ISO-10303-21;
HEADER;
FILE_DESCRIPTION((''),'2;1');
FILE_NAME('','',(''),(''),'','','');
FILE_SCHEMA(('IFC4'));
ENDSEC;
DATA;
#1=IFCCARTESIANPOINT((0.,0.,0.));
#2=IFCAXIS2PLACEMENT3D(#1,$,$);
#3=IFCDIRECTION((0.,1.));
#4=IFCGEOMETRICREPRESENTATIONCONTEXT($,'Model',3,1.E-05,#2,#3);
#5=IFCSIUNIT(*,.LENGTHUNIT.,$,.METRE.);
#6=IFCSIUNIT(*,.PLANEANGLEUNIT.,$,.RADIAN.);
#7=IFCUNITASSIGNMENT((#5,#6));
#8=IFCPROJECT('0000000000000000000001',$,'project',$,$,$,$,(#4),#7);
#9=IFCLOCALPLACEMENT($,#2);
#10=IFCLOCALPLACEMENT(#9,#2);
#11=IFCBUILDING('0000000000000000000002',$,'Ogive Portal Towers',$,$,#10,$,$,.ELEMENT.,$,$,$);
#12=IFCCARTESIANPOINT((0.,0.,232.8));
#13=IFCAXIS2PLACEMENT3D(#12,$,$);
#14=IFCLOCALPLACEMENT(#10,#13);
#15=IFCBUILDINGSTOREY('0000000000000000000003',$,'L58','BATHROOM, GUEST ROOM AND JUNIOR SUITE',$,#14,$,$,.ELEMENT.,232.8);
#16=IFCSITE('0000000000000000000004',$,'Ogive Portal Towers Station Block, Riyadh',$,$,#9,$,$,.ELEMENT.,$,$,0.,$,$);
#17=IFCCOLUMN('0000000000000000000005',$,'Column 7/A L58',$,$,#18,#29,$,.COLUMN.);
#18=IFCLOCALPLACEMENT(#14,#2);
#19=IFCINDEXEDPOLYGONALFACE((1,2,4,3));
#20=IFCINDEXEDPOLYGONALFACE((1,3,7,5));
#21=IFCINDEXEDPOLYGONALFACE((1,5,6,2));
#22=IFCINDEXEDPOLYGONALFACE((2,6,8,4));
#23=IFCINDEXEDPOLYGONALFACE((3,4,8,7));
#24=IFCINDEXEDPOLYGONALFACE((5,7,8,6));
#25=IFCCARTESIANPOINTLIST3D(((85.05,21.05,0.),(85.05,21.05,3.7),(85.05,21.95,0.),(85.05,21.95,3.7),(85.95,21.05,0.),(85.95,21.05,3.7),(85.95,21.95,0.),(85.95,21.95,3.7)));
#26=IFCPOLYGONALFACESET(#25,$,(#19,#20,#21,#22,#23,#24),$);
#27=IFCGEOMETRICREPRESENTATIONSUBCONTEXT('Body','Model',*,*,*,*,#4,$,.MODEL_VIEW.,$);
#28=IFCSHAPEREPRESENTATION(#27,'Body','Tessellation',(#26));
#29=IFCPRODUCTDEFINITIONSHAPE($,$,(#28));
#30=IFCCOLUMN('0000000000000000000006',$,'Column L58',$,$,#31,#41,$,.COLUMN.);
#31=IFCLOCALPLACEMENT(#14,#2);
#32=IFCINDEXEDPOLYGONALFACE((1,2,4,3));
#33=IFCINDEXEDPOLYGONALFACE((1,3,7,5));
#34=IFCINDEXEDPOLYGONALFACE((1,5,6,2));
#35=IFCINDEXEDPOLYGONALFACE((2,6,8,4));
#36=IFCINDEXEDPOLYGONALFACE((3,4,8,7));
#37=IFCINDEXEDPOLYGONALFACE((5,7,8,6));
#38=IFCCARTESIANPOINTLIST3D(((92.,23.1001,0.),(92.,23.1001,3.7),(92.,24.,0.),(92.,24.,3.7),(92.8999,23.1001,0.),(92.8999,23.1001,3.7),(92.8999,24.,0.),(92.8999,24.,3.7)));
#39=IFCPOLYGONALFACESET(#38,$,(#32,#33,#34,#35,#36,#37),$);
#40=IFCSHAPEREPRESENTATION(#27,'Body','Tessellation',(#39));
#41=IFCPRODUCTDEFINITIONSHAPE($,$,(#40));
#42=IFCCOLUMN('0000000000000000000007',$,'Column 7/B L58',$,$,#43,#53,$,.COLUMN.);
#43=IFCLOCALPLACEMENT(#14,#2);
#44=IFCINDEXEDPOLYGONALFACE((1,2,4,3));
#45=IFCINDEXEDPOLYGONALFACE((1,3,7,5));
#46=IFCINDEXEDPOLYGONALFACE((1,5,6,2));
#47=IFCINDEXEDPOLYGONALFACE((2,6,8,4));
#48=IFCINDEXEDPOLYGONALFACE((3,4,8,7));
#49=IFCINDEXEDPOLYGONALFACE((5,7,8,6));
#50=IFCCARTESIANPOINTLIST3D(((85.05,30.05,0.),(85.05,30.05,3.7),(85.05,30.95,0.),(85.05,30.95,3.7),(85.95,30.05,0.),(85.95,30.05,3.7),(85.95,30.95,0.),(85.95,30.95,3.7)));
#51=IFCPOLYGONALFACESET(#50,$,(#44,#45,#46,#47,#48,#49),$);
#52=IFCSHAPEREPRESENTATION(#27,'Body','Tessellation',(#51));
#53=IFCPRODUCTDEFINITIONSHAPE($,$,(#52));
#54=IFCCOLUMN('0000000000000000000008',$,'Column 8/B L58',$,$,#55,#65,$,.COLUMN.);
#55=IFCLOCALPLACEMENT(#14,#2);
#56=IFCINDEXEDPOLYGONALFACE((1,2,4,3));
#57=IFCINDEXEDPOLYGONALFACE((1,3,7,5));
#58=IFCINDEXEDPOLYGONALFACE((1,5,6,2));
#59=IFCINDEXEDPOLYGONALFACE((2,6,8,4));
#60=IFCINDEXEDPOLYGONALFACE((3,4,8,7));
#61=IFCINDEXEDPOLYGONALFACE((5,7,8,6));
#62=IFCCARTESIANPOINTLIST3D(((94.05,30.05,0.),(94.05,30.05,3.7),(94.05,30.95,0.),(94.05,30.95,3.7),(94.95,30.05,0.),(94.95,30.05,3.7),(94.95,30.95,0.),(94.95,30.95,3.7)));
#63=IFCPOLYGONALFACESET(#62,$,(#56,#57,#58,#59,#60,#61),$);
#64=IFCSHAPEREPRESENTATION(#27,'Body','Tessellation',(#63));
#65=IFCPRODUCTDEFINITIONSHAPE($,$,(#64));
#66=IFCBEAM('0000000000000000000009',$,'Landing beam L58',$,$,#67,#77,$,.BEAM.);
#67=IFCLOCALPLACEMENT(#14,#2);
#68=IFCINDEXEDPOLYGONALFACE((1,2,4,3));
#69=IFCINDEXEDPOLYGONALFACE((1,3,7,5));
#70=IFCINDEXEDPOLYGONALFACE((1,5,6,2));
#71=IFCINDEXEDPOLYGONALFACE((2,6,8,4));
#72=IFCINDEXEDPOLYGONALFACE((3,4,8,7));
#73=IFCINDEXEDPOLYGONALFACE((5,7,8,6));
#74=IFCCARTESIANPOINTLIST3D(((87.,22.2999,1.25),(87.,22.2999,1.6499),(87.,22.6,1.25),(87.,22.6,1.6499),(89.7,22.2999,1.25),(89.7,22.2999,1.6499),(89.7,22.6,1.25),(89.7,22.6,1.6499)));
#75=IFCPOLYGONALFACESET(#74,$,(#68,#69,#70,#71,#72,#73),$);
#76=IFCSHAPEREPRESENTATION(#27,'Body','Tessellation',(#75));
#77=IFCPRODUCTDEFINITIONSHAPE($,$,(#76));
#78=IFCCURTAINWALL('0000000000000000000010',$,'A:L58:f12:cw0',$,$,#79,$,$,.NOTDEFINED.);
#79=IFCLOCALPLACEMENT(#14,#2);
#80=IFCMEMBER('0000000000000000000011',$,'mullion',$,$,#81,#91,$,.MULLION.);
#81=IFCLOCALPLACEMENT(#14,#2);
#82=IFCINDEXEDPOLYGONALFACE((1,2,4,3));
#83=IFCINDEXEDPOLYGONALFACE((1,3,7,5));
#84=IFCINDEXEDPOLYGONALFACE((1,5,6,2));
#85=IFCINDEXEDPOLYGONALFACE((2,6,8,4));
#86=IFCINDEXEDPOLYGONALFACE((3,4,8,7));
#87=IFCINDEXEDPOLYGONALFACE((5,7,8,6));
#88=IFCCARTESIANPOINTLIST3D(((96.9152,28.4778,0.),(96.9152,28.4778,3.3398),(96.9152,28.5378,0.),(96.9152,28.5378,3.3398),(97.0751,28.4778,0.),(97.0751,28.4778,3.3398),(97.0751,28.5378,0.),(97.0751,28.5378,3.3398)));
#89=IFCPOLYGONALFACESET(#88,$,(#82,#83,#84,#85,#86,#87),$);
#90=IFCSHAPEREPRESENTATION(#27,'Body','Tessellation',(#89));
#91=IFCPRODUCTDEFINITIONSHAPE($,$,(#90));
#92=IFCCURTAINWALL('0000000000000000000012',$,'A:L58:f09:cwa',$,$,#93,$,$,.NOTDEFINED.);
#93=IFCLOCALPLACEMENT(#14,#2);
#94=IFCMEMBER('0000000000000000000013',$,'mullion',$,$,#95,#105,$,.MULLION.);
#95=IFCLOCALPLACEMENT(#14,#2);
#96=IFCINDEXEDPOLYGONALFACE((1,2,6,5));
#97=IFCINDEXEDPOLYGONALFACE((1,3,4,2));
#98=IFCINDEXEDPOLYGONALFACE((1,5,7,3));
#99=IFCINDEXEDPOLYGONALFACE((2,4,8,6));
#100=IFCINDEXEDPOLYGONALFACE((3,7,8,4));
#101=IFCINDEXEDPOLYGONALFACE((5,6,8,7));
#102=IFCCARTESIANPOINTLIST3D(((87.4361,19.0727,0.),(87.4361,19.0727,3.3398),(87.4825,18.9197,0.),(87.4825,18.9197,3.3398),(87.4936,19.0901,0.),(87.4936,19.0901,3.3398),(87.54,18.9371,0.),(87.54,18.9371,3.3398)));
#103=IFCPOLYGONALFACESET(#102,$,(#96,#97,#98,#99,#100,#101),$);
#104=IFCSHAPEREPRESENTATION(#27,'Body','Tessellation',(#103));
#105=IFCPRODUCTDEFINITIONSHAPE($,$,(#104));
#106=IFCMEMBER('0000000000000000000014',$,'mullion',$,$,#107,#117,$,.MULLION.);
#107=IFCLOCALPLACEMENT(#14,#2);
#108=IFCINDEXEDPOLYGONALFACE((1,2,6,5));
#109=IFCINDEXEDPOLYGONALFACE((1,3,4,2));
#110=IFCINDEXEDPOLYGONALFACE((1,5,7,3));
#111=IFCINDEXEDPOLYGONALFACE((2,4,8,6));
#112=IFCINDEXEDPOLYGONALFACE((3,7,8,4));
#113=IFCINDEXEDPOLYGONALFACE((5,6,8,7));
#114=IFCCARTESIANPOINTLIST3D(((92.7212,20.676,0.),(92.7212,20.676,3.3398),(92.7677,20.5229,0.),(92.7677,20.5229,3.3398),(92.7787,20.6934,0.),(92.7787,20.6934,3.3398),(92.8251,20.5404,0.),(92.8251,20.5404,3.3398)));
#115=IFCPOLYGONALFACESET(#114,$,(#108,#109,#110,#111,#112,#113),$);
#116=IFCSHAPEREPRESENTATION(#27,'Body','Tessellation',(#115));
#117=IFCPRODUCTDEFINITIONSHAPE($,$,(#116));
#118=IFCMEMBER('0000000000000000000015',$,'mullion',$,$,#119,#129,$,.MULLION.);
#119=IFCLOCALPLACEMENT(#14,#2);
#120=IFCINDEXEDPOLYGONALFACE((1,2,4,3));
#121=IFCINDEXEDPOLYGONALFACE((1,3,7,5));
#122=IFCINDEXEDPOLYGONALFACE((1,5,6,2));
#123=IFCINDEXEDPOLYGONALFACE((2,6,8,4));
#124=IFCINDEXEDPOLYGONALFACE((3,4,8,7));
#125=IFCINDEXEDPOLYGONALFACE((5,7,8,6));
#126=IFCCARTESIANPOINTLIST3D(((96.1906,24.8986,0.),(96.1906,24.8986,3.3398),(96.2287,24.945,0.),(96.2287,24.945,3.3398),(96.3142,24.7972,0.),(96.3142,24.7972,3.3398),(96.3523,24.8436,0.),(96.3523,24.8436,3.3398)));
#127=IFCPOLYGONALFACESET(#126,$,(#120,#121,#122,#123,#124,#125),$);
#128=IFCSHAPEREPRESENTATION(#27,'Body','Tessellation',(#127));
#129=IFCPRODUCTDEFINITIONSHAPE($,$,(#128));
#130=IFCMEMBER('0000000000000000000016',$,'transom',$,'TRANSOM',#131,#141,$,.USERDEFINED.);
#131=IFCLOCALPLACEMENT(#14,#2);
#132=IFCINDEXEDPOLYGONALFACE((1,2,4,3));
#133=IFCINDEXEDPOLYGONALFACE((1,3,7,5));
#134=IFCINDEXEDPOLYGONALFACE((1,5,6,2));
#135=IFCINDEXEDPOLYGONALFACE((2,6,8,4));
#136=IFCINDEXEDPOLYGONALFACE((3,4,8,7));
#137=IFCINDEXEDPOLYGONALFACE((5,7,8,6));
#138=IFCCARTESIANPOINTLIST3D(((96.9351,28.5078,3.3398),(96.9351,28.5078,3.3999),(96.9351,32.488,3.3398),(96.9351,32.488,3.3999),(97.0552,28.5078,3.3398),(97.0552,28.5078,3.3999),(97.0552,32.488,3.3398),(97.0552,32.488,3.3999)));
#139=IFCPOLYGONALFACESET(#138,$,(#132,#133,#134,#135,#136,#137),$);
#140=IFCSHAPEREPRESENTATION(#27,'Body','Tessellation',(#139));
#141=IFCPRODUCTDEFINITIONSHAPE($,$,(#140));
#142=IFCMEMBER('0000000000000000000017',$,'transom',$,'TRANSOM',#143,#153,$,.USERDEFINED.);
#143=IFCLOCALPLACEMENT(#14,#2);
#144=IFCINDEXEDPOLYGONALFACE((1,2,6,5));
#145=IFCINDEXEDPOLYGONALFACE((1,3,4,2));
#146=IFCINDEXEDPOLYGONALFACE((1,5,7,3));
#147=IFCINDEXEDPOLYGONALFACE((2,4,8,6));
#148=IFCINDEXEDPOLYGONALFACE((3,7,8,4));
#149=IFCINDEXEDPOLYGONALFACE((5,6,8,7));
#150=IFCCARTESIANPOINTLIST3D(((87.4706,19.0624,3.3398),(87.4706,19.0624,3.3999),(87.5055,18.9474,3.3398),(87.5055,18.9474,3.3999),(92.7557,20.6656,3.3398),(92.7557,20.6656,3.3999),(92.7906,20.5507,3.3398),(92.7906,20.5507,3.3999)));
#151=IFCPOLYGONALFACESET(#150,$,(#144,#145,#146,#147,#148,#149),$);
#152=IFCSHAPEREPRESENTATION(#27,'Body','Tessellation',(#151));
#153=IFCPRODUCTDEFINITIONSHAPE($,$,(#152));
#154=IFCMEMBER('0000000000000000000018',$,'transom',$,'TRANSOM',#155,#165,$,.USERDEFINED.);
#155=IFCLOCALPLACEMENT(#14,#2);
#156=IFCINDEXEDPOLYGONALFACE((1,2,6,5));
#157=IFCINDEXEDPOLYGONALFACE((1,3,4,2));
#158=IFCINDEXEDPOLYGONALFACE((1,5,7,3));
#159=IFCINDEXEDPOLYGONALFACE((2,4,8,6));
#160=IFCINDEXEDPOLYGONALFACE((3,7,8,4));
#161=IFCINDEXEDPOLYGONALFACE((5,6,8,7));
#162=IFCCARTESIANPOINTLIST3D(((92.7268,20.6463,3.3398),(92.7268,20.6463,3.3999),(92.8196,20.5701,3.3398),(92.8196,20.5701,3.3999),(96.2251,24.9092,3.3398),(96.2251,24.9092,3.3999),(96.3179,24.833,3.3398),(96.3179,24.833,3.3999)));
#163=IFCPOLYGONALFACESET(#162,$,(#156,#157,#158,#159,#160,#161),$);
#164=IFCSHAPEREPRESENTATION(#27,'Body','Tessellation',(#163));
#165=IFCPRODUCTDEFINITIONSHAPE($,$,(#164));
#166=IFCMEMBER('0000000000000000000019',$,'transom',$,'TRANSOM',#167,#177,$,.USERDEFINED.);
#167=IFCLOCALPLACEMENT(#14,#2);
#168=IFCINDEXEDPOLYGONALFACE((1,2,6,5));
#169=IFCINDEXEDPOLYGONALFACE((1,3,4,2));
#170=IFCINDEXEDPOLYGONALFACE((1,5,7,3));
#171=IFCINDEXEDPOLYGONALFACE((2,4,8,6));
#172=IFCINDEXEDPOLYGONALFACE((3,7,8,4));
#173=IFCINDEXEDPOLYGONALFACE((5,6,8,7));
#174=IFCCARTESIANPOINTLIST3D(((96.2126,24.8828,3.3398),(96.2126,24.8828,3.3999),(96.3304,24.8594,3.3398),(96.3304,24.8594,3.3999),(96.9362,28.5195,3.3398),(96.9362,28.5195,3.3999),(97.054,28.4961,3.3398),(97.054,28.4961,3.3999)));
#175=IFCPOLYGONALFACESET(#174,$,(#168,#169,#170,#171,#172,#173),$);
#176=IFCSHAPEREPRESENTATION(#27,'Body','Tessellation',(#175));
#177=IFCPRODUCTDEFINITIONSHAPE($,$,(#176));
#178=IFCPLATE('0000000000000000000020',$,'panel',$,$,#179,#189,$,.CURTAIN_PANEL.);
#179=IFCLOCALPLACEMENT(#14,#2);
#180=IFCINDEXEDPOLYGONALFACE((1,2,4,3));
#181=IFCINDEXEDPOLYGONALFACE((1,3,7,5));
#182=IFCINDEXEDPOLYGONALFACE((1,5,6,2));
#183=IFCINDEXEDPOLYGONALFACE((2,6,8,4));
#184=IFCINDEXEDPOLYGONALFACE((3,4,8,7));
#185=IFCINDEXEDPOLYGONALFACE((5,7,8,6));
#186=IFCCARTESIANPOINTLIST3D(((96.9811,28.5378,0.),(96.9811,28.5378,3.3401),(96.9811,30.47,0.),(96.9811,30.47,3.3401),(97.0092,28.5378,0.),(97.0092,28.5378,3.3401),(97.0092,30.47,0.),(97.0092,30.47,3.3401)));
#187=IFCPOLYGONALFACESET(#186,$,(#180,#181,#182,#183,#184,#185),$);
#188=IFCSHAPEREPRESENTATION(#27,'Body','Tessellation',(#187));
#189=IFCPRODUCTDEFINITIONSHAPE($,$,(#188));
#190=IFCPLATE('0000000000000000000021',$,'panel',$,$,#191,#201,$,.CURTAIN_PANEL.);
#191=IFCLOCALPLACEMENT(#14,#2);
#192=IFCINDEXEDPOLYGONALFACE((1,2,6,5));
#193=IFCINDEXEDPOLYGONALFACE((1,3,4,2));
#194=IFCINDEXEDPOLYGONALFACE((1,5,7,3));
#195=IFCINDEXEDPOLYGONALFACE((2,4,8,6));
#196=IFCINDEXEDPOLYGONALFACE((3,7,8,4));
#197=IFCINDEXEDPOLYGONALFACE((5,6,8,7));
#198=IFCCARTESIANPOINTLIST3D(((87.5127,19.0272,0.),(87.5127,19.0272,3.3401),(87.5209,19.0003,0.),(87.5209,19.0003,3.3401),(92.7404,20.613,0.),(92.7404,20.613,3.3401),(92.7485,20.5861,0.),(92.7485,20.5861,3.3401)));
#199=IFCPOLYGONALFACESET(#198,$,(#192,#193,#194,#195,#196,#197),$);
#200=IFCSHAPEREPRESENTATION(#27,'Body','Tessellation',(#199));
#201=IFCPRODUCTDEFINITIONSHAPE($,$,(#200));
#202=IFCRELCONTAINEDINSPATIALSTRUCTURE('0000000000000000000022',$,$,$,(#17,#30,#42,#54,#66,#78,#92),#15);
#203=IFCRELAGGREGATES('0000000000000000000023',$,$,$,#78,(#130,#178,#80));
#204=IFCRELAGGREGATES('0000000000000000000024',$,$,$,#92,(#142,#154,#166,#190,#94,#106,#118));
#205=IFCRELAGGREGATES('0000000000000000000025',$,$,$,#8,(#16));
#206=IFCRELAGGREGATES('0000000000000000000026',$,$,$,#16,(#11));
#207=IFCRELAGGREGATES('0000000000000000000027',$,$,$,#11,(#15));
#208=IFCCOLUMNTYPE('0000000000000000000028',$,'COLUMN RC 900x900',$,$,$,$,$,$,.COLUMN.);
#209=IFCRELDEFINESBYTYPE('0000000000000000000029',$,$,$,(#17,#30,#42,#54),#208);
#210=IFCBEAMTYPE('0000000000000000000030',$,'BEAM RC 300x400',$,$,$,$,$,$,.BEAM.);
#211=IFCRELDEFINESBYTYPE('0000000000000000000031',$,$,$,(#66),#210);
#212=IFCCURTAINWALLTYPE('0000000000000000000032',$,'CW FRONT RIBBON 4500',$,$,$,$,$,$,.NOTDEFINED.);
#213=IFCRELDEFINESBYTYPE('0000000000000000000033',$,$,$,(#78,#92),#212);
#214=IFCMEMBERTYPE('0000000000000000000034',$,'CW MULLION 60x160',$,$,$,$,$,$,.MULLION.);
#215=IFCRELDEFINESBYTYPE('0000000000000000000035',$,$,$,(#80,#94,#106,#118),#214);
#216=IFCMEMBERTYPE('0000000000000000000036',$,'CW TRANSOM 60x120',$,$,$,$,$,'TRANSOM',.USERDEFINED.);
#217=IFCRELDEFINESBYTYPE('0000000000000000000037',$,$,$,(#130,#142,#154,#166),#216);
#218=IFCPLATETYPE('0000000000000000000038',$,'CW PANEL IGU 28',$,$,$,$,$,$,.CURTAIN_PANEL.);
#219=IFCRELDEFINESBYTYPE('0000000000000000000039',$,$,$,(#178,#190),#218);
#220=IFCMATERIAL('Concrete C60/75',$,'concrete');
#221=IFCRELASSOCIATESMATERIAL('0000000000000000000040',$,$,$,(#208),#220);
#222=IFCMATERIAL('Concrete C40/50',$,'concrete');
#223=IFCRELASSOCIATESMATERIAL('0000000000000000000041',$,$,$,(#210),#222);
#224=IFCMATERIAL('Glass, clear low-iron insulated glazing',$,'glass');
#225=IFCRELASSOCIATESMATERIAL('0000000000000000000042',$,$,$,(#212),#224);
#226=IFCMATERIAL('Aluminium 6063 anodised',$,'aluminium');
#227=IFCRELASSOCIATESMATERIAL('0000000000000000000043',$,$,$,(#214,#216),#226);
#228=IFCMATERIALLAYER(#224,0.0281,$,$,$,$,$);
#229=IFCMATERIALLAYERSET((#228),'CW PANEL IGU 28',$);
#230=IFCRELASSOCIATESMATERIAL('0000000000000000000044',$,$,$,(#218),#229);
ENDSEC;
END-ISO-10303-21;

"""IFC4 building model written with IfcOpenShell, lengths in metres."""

from ifc_helpers import new_model, si_unit, direction, frame, origin, origin_2d, place, context, subcontext, project, spatial, rectangle, extrude, material, layer, layer_set, material_profile, profile_set, type_object, element, aggregate, save


model = new_model("IFC4")

# Units and contexts
model_context = context("Model", 3, precision=1e-05, world=origin(), true_north=direction((0.0, 1.0)))
body_context = subcontext(model_context, "Body", "Model", "MODEL_VIEW")
ifc_project = project(units=[si_unit("LENGTHUNIT", "METRE"), si_unit("PLANEANGLEUNIT", "RADIAN")], contexts=[model_context])

# Site, building, storey
site_placement = place(None, origin())
site = spatial("IfcSite", under=ifc_project, at=site_placement, Name="Ogive Portal Towers Station Block, Riyadh", CompositionType="ELEMENT", RefElevation=0.0)
building_placement = place(site_placement, origin())
building = spatial("IfcBuilding", under=site, at=building_placement, Name="Ogive Portal Towers", CompositionType="ELEMENT")
storey_placement = place(building_placement, frame((0.0, 0.0, 232.8)))
storey = spatial("IfcBuildingStorey", under=building, at=storey_placement, Name="L58", Description="BATHROOM, GUEST ROOM AND JUNIOR SUITE", CompositionType="ELEMENT", Elevation=232.8)

# Columns
ifc_material_1 = material(Name="Concrete C60/75", Category="concrete")
ifc_material_profile_1 = material_profile(ifc_material_1, rectangle(XDim=0.8999, YDim=0.8999, at=origin_2d()), Name="RC 900x900")
ifc_profile_set_1 = profile_set([ifc_material_profile_1], Name="Concrete C60/75")
column_type = type_object("IfcColumnType", Name="COLUMN RC 900x900", PredefinedType="COLUMN", material=ifc_profile_set_1)
for number, where, z_axis, x_axis, name in (
    (1, (85.5, 21.5, 0.0), (0.0, 0.0, 1.0), (1.0, 0.0, 0.0), "Column 7/A L58"),
    (2, (92.45, 23.55, 0.0), (0.0, 0.0, 1.0), (1.0, 0.0, 0.0), "Column L58"),
    (3, (85.5, 30.5, 0.0), (0.0, 0.0, 1.0), (1.0, 0.0, 0.0), "Column 7/B L58"),
    (4, (94.5, 30.5, 0.0), (0.0, 0.0, 1.0), (1.0, 0.0, 0.0), "Column 8/B L58"),
):
    element("IfcColumn", number, at=place(storey_placement, frame(where, z_axis=z_axis, x_axis=x_axis)), inside=storey, type_object=column_type, Name=name, PredefinedType="COLUMN", context=body_context, shape_type="SweptSolid", body=[
        extrude(rectangle(XDim=0.8999, YDim=0.8999, at=origin_2d()), origin(), (0.0, 0.0, 1.0), 3.7),
    ])

# Beam
ifc_material_2 = material(Name="Concrete C40/50", Category="concrete")
ifc_material_profile_2 = material_profile(ifc_material_2, rectangle(XDim=0.3, YDim=0.3999, at=origin_2d()), Name="RC 300x400")
ifc_profile_set_2 = profile_set([ifc_material_profile_2], Name="Concrete C40/50")
beam_type = type_object("IfcBeamType", Name="BEAM RC 300x400", PredefinedType="BEAM", material=ifc_profile_set_2)
beam_placement = place(storey_placement, frame((87.0, 22.45, 1.45), z_axis=(1.0, 0.0, 0.0), x_axis=(0.0, 1.0, 0.0)))
element("IfcBeam", 5, at=beam_placement, inside=storey, type_object=beam_type, Name="Landing beam L58", PredefinedType="BEAM", context=body_context, shape_type="SweptSolid", body=[
    extrude(rectangle(XDim=0.3, YDim=0.3999, at=origin_2d()), origin(), (0.0, 0.0, 1.0), 2.7),
])

# Curtain wall, member
ifc_material_3 = material(Name="Glass, clear low-iron insulated glazing", Category="glass")
curtain_wall_type = type_object("IfcCurtainWallType", Name="CW FRONT RIBBON 4500", PredefinedType="NOTDEFINED", material=ifc_material_3)
curtain_wall_1_placement = place(storey_placement, origin())
curtain_wall_1 = element("IfcCurtainWall", 6, at=curtain_wall_1_placement, inside=storey, type_object=curtain_wall_type, Name="A:L58:f12:cw0", PredefinedType="NOTDEFINED")
ifc_material_4 = material(Name="Aluminium 6063 anodised", Category="aluminium")
ifc_material_profile_3 = material_profile(ifc_material_4, rectangle(XDim=0.1599, YDim=0.0601, at=origin_2d()), Name="AL 60x160")
ifc_profile_set_3 = profile_set([ifc_material_profile_3], Name="Aluminium 6063 anodised")
member_type_1 = type_object("IfcMemberType", Name="CW MULLION 60x160", PredefinedType="MULLION", material=ifc_profile_set_3)
member_1_placement = place(storey_placement, frame((96.9951, 28.5078, 0.0), z_axis=(0.0, 0.0, 1.0), x_axis=(-1.0, 0.0, 0.0)))
member_1 = element("IfcMember", 7, at=member_1_placement, type_object=member_type_1, Name="mullion", PredefinedType="MULLION", context=body_context, shape_type="SweptSolid", body=[
    extrude(rectangle(XDim=0.1599, YDim=0.0601, at=origin_2d()), origin(), (0.0, 0.0, 1.0), 3.3398),
])

# Curtain wall, members
curtain_wall_2_placement = place(storey_placement, origin())
curtain_wall_2 = element("IfcCurtainWall", 8, at=curtain_wall_2_placement, inside=storey, type_object=curtain_wall_type, Name="A:L58:f09:cwa", PredefinedType="NOTDEFINED")
member_2_placement = place(storey_placement, frame((87.488, 19.0049, 0.0), z_axis=(0.0, 0.0, 1.0), x_axis=(-0.290285, 0.95694, 0.0)))
member_2 = element("IfcMember", 9, at=member_2_placement, type_object=member_type_1, Name="mullion", PredefinedType="MULLION", context=body_context, shape_type="SweptSolid", body=[
    extrude(rectangle(XDim=0.1599, YDim=0.0601, at=origin_2d()), origin(), (0.0, 0.0, 1.0), 3.3398),
])
member_3_placement = place(storey_placement, frame((92.7732, 20.6082, 0.0), z_axis=(0.0, 0.0, 1.0), x_axis=(-0.290285, 0.95694, 0.0)))
member_3 = element("IfcMember", 10, at=member_3_placement, type_object=member_type_1, Name="mullion", PredefinedType="MULLION", context=body_context, shape_type="SweptSolid", body=[
    extrude(rectangle(XDim=0.1599, YDim=0.0601, at=origin_2d()), origin(), (0.0, 0.0, 1.0), 3.3398),
])
member_4_placement = place(storey_placement, frame((96.2715, 24.8711, 0.0), z_axis=(0.0, 0.0, 1.0), x_axis=(-0.77301, 0.634393, 0.0)))
member_4 = element("IfcMember", 11, at=member_4_placement, type_object=member_type_1, Name="mullion", PredefinedType="MULLION", context=body_context, shape_type="SweptSolid", body=[
    extrude(rectangle(XDim=0.1599, YDim=0.0601, at=origin_2d()), origin(), (0.0, 0.0, 1.0), 3.3398),
])

# Members
ifc_material_profile_4 = material_profile(ifc_material_4, rectangle(XDim=0.1201, YDim=0.0601, at=origin_2d()), Name="AL 120x60")
ifc_profile_set_4 = profile_set([ifc_material_profile_4], Name="Aluminium 6063 anodised")
member_type_2 = type_object("IfcMemberType", Name="CW TRANSOM 60x120", ElementType="TRANSOM", PredefinedType="USERDEFINED", material=ifc_profile_set_4)
member_5_placement = place(storey_placement, frame((96.9951, 28.5078, 3.3699), z_axis=(0.0, 1.0, 0.0), x_axis=(-1.0, 0.0, 0.0)))
member_5 = element("IfcMember", 12, at=member_5_placement, type_object=member_type_2, Name="transom", ObjectType="TRANSOM", PredefinedType="USERDEFINED", context=body_context, shape_type="SweptSolid", body=[
    extrude(rectangle(XDim=0.1201, YDim=0.0601, at=origin_2d()), origin(), (0.0, 0.0, 1.0), 3.9802),
])
member_6_placement = place(storey_placement, frame((87.488, 19.0049, 3.3699), z_axis=(0.956938, 0.290291, 0.0), x_axis=(-0.290291, 0.956938, 0.0)))
member_6 = element("IfcMember", 13, at=member_6_placement, type_object=member_type_2, Name="transom", ObjectType="TRANSOM", PredefinedType="USERDEFINED", context=body_context, shape_type="SweptSolid", body=[
    extrude(rectangle(XDim=0.1201, YDim=0.0601, at=origin_2d()), origin(), (0.0, 0.0, 1.0), 5.5229),
])
member_7_placement = place(storey_placement, frame((92.7732, 20.6082, 3.3699), z_axis=(0.63437, 0.773029, 0.0), x_axis=(-0.773029, 0.63437, 0.0)))
member_7 = element("IfcMember", 14, at=member_7_placement, type_object=member_type_2, Name="transom", ObjectType="TRANSOM", PredefinedType="USERDEFINED", context=body_context, shape_type="SweptSolid", body=[
    extrude(rectangle(XDim=0.1201, YDim=0.0601, at=origin_2d()), origin(), (0.0, 0.0, 1.0), 5.5146),
])
member_8_placement = place(storey_placement, frame((96.2715, 24.8711, 3.3699), z_axis=(0.195154, 0.980773, 0.0), x_axis=(-0.980773, 0.195154, 0.0)))
member_8 = element("IfcMember", 15, at=member_8_placement, type_object=member_type_2, Name="transom", ObjectType="TRANSOM", PredefinedType="USERDEFINED", context=body_context, shape_type="SweptSolid", body=[
    extrude(rectangle(XDim=0.1201, YDim=0.0601, at=origin_2d()), origin(), (0.0, 0.0, 1.0), 3.708),
])

# Plates
ifc_layer_1 = layer(ifc_material_3, 0.0281)
ifc_layer_set_1 = layer_set([ifc_layer_1], Name="CW PANEL IGU 28")
plate_type = type_object("IfcPlateType", Name="CW PANEL IGU 28", PredefinedType="CURTAIN_PANEL", material=ifc_layer_set_1)
plate_1_placement = place(storey_placement, frame((96.9951, 29.5039, 0.0), z_axis=(0.0, 0.0, 1.0), x_axis=(0.0, 1.0, 0.0)))
plate_1 = element("IfcPlate", 16, at=plate_1_placement, type_object=plate_type, Name="panel", PredefinedType="CURTAIN_PANEL", context=body_context, shape_type="SweptSolid", body=[
    extrude(rectangle(XDim=1.9321, YDim=0.0281, at=origin_2d()), origin(), (0.0, 0.0, 1.0), 3.3401),
])
aggregate(curtain_wall_1, [member_5, plate_1, member_1])
plate_2_placement = place(storey_placement, frame((90.1306, 19.8066, 0.0), z_axis=(0.0, 0.0, 1.0), x_axis=(0.95694, 0.290285, 0.0)))
plate_2 = element("IfcPlate", 17, at=plate_2_placement, type_object=plate_type, Name="panel", PredefinedType="CURTAIN_PANEL", context=body_context, shape_type="SweptSolid", body=[
    extrude(rectangle(XDim=5.4629, YDim=0.0281, at=origin_2d()), origin(), (0.0, 0.0, 1.0), 3.3401),
])
aggregate(curtain_wall_2, [member_6, member_7, member_8, plate_2, member_2, member_3, member_4])

save(model, "model.ifc")
